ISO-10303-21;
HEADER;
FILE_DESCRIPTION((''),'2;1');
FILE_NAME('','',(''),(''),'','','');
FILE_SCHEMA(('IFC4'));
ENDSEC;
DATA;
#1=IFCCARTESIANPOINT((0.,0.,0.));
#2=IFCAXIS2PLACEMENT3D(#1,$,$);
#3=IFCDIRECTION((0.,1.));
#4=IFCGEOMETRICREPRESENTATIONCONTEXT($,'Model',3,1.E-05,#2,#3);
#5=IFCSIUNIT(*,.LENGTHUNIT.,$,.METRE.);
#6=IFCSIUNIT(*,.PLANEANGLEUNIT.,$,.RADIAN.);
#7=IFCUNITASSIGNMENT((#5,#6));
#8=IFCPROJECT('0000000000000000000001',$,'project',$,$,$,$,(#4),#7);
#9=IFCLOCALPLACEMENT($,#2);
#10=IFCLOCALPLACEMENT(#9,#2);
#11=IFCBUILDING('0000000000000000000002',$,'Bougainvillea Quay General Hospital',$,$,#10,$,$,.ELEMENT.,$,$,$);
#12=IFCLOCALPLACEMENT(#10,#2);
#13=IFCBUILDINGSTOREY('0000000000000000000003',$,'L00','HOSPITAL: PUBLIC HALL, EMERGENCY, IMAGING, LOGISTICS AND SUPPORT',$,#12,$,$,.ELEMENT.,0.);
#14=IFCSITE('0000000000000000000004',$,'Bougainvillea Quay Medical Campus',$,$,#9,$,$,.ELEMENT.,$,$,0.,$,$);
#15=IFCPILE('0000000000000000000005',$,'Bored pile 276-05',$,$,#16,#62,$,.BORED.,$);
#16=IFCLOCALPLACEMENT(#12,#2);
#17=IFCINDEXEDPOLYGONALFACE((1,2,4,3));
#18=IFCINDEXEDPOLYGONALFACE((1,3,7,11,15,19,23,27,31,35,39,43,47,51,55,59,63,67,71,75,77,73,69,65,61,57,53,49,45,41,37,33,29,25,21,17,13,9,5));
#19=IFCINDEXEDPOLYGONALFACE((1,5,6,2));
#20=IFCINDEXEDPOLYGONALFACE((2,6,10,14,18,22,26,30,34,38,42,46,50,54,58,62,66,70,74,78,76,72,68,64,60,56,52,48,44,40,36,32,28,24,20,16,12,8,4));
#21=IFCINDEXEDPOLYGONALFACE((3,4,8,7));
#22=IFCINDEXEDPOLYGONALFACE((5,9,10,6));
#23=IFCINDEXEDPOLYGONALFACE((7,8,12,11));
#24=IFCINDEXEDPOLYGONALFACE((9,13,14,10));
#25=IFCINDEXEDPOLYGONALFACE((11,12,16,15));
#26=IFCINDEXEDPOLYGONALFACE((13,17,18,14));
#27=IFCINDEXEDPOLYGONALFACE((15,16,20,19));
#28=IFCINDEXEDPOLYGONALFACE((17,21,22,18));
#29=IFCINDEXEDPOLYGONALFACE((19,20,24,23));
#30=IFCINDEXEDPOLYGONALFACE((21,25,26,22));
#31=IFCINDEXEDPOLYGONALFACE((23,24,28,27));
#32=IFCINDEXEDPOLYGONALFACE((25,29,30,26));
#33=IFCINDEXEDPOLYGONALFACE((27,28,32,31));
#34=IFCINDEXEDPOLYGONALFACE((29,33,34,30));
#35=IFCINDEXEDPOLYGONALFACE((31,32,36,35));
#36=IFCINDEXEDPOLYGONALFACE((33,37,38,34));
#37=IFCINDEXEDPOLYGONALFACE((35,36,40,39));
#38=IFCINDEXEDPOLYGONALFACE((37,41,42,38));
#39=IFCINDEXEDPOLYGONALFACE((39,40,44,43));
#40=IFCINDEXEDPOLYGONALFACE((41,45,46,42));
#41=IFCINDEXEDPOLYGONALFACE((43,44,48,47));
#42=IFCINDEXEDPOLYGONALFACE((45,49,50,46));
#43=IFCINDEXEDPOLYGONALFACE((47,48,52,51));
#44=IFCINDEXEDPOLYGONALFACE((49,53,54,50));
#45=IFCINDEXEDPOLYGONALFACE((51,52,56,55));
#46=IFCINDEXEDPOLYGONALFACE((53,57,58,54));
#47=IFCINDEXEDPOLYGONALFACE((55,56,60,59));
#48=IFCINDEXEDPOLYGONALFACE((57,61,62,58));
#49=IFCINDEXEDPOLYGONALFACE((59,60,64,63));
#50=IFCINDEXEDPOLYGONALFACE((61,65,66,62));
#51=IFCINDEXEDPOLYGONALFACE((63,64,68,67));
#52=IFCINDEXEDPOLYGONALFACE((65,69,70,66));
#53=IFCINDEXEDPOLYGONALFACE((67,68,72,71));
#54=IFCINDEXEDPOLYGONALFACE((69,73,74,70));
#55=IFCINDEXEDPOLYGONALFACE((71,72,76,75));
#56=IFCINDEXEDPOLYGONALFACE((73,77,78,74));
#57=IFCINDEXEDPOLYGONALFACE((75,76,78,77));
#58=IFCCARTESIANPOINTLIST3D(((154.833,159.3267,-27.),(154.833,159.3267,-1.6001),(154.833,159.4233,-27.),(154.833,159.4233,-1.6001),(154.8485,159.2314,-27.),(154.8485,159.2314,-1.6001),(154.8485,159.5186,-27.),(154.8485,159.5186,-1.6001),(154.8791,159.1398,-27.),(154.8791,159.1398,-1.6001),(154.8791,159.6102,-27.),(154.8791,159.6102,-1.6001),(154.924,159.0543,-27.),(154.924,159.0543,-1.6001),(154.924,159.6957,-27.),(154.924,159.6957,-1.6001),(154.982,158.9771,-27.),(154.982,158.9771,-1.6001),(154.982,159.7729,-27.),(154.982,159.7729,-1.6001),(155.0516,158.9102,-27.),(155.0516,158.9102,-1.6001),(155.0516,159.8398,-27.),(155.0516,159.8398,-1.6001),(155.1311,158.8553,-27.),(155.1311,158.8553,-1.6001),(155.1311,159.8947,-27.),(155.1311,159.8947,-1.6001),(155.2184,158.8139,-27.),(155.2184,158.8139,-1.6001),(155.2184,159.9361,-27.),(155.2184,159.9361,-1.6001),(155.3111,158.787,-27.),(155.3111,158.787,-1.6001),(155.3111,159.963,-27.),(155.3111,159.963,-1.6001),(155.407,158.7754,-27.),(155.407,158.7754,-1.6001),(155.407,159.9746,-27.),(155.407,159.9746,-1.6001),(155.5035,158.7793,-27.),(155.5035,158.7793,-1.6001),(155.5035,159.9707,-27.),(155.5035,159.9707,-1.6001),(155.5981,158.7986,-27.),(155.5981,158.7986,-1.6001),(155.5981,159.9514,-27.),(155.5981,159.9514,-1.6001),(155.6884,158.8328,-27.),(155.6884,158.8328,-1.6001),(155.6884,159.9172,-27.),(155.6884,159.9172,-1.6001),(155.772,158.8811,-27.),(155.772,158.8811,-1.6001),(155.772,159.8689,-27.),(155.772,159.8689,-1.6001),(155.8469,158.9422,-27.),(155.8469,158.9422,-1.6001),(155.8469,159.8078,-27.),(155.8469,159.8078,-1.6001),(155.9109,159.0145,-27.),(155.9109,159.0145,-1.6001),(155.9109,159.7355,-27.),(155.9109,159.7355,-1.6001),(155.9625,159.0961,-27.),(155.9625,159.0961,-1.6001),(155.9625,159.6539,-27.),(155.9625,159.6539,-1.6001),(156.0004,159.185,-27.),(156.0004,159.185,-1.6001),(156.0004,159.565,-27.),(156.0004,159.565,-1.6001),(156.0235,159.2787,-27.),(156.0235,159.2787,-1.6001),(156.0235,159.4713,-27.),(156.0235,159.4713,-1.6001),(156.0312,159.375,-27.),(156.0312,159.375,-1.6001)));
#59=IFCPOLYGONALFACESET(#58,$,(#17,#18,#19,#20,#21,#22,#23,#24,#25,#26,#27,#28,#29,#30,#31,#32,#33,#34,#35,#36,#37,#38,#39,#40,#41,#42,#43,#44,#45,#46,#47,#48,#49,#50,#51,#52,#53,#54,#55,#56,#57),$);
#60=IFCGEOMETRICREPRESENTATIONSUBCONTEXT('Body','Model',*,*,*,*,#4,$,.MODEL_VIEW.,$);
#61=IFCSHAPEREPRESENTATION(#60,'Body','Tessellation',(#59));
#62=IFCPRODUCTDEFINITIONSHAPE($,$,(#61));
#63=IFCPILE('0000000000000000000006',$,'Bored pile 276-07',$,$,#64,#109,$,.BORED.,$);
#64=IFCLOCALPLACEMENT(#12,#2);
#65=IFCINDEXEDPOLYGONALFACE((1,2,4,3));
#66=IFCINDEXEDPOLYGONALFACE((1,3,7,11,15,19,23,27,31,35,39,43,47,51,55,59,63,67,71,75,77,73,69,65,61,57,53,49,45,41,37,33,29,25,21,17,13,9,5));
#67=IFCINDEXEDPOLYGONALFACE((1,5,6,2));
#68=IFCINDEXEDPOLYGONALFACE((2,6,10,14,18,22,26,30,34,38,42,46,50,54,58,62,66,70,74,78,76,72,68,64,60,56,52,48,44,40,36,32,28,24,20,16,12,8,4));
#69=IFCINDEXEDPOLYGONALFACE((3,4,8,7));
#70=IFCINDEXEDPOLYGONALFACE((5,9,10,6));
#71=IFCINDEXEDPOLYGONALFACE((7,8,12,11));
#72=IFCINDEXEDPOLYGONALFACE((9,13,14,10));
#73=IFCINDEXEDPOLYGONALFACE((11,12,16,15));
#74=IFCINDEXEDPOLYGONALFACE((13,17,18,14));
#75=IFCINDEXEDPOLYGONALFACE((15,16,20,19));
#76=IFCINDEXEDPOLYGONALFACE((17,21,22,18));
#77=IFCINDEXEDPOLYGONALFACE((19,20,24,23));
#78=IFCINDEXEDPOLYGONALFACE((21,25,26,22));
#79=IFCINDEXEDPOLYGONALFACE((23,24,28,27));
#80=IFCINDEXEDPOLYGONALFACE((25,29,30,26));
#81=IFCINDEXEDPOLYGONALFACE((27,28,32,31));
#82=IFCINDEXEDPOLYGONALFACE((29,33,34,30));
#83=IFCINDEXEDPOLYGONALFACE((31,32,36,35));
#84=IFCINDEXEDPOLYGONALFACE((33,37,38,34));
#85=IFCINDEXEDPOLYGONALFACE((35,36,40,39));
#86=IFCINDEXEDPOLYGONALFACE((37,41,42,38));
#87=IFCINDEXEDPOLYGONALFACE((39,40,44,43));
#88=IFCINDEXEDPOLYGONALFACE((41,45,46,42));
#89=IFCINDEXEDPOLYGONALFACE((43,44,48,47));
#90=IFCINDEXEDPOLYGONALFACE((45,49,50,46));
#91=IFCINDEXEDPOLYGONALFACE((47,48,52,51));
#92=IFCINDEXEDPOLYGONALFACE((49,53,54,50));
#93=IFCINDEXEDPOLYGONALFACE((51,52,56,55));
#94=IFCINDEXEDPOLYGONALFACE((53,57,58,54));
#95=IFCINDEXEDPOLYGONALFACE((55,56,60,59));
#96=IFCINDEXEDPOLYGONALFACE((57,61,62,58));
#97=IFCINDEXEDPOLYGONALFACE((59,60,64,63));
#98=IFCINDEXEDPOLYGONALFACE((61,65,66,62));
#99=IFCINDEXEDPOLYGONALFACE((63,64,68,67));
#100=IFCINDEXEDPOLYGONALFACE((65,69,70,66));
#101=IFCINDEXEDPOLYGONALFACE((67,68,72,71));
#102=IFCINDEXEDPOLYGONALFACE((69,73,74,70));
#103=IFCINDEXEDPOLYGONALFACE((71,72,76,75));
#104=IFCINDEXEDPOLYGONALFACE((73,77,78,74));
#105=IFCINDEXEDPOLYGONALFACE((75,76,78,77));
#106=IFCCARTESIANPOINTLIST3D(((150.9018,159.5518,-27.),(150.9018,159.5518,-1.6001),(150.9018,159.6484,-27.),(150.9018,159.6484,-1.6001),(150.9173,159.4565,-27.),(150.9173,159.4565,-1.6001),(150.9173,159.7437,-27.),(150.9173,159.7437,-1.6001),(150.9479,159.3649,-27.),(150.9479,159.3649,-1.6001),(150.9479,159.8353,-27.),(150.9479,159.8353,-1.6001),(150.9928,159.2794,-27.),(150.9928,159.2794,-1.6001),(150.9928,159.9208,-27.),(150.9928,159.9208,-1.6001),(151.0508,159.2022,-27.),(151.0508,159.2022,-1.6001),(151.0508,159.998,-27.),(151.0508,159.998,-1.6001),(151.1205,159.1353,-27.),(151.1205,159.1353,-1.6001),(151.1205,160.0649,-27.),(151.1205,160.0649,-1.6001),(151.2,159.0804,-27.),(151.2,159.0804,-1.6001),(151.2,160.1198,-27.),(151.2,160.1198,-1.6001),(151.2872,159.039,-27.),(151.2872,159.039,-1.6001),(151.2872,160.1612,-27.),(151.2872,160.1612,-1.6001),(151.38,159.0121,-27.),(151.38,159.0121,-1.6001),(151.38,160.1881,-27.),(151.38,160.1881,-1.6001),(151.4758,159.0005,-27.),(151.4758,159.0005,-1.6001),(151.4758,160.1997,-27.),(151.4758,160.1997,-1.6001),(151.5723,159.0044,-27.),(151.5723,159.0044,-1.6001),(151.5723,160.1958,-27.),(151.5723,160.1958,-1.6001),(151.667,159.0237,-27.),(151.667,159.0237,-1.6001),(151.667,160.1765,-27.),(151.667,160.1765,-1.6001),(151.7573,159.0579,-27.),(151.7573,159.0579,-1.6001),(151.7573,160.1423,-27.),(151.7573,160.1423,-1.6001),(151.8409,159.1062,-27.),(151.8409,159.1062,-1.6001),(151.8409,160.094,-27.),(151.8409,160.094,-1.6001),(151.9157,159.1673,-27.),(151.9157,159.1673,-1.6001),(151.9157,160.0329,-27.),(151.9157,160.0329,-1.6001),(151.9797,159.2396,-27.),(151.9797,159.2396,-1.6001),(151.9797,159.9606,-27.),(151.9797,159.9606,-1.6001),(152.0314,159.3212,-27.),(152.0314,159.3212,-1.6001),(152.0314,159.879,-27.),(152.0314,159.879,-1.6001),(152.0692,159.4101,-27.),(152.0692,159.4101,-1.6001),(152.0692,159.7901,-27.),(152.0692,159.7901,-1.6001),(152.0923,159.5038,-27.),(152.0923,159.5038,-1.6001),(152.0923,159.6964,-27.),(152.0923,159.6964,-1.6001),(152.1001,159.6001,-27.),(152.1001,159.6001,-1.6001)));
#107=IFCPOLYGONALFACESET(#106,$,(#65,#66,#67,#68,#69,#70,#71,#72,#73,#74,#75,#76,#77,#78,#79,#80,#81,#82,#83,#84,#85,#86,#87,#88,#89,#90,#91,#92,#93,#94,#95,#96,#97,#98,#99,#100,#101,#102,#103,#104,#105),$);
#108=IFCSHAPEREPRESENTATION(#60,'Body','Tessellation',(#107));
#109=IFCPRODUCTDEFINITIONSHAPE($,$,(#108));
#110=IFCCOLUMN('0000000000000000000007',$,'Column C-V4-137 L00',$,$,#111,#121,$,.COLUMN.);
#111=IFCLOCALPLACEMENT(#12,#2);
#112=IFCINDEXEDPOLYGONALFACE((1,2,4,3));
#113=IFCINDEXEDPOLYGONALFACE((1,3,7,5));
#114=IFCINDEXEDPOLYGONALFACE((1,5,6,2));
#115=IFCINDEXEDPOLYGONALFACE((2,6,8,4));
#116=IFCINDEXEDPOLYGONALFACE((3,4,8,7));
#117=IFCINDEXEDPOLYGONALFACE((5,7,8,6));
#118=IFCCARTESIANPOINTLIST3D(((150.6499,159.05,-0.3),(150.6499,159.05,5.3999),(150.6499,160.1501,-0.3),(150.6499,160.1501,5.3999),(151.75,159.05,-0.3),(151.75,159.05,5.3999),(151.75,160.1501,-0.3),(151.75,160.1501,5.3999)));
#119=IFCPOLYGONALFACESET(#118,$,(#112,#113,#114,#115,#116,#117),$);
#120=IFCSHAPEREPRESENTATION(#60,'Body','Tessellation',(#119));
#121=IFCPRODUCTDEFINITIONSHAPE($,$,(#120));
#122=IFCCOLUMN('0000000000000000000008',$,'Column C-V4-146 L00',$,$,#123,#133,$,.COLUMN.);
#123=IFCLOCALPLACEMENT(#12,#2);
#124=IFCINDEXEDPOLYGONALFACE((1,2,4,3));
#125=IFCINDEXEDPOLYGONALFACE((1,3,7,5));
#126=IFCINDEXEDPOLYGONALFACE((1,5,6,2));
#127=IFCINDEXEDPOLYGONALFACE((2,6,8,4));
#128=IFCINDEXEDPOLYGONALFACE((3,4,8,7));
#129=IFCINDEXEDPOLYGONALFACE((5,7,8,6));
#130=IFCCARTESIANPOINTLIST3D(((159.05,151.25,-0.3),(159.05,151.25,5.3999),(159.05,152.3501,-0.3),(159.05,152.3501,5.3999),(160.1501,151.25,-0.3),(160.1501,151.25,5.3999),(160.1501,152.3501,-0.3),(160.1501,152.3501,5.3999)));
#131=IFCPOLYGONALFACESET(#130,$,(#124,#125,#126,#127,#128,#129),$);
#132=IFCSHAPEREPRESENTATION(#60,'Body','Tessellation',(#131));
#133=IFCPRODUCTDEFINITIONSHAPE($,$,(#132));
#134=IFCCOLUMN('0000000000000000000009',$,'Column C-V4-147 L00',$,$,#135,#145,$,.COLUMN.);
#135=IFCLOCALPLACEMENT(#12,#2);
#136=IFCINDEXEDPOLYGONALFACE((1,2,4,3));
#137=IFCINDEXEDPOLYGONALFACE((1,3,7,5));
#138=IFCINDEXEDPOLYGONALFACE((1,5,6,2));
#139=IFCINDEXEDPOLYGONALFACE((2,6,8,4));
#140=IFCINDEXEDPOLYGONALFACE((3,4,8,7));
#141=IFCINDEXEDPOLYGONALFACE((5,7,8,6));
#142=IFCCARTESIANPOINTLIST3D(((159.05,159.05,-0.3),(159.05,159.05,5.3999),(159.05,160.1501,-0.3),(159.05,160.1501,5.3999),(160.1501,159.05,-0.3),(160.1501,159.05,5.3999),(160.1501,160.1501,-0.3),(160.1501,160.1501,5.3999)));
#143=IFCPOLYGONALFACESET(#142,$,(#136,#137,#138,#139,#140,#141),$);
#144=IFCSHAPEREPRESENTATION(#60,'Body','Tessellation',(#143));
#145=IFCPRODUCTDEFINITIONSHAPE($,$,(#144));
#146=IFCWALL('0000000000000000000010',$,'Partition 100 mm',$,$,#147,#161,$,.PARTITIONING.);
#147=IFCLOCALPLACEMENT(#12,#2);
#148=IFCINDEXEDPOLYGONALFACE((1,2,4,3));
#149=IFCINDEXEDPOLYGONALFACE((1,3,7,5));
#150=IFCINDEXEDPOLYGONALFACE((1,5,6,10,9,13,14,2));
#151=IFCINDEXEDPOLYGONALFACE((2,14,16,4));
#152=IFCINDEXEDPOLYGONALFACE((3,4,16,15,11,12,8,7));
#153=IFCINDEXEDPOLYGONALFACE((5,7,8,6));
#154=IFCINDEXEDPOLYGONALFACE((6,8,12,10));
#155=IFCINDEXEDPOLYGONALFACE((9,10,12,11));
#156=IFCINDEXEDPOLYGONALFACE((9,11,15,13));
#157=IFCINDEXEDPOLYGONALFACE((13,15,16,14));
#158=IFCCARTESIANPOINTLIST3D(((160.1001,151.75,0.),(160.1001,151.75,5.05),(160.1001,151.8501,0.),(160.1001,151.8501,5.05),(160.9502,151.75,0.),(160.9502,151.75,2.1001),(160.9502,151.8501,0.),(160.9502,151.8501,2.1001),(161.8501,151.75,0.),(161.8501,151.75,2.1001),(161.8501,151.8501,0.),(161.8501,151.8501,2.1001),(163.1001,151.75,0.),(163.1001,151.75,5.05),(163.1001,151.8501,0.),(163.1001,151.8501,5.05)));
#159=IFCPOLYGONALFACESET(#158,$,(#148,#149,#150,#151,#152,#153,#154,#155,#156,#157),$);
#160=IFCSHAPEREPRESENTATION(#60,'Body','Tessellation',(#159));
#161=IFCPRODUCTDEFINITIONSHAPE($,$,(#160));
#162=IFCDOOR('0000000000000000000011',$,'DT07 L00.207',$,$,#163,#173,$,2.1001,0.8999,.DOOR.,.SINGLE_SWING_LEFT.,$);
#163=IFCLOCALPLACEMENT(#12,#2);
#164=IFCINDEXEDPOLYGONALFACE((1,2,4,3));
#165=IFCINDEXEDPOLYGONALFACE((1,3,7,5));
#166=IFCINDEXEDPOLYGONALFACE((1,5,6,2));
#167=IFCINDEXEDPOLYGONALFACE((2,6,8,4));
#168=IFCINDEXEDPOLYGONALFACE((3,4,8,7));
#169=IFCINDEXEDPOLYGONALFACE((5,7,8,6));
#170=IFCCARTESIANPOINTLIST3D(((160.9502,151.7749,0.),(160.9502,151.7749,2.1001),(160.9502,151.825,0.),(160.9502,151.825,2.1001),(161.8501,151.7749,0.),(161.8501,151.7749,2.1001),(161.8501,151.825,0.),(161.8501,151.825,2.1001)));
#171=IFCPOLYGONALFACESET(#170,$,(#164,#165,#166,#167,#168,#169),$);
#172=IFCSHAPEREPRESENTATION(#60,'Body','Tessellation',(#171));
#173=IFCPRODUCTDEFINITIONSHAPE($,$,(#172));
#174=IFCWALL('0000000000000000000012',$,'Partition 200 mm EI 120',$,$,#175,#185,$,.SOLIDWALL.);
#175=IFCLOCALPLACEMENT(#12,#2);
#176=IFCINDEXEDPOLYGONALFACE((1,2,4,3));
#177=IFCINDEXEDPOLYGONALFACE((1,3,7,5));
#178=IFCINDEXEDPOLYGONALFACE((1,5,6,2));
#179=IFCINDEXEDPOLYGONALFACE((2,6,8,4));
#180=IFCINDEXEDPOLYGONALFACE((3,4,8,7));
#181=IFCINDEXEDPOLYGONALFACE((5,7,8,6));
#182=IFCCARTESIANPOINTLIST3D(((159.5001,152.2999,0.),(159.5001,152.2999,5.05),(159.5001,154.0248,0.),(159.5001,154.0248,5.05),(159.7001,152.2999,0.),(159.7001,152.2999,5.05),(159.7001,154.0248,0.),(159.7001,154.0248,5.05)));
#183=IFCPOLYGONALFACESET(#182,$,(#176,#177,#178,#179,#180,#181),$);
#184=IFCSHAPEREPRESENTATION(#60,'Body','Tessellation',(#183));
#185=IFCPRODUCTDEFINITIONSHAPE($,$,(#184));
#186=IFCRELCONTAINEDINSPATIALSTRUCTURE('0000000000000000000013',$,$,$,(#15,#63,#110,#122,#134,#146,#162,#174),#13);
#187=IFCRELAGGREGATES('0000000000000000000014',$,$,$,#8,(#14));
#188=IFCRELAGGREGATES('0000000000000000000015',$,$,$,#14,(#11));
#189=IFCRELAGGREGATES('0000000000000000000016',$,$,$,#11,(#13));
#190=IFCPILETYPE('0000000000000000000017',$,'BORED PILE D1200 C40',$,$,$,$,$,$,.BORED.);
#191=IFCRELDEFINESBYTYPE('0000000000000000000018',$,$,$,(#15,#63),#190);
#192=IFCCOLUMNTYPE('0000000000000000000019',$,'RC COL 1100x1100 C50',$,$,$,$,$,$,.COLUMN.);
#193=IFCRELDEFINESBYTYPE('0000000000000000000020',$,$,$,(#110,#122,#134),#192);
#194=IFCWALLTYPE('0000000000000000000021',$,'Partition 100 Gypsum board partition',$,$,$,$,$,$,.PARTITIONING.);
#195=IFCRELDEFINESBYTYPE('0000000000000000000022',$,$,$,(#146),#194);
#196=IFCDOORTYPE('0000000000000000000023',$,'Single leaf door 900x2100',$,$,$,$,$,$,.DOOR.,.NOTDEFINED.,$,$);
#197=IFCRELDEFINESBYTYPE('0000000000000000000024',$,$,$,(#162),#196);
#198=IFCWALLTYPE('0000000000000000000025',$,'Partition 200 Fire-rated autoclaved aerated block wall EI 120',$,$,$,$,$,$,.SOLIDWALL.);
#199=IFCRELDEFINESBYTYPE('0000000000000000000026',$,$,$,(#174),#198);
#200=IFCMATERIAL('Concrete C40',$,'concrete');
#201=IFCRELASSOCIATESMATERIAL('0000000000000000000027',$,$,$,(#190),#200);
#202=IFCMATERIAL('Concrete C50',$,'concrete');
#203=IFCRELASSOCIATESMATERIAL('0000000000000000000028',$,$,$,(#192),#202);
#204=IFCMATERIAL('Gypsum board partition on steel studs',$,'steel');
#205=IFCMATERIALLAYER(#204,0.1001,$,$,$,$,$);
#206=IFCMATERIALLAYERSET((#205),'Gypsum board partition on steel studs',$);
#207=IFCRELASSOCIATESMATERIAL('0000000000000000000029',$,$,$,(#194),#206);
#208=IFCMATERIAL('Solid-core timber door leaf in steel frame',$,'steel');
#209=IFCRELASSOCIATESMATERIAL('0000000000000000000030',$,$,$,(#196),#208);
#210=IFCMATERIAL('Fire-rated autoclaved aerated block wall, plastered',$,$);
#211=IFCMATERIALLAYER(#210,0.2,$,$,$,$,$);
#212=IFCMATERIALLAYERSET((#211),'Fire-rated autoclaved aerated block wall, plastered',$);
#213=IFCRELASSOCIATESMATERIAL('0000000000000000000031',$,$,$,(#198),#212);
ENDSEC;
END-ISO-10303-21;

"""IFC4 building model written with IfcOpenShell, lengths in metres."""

from ifc_helpers import new_model, si_unit, direction, frame, frame_2d, origin, origin_2d, place, context, subcontext, project, spatial, rectangle, circle, extrude, material, layer, layer_set, material_profile, profile_set, type_object, element, fill, save


model = new_model("IFC4")

# Units and contexts
model_context = context("Model", 3, precision=1e-05, world=origin(), true_north=direction((0.0, 1.0)))
body_context = subcontext(model_context, "Body", "Model", "MODEL_VIEW")
ifc_project = project(units=[si_unit("LENGTHUNIT", "METRE"), si_unit("PLANEANGLEUNIT", "RADIAN")], contexts=[model_context])

# Site, building, storey
site_placement = place(None, origin())
site = spatial("IfcSite", under=ifc_project, at=site_placement, Name="Bougainvillea Quay Medical Campus", CompositionType="ELEMENT", RefElevation=0.0)
building_placement = place(site_placement, origin())
building = spatial("IfcBuilding", under=site, at=building_placement, Name="Bougainvillea Quay General Hospital", CompositionType="ELEMENT")
storey_placement = place(building_placement, origin())
storey = spatial("IfcBuildingStorey", under=building, at=storey_placement, Name="L00", Description="HOSPITAL: PUBLIC HALL, EMERGENCY, IMAGING, LOGISTICS AND SUPPORT", CompositionType="ELEMENT", Elevation=0.0)

# Piles
ifc_material_1 = material(Name="Concrete C40", Category="concrete")
ifc_material_profile_1 = material_profile(ifc_material_1, circle(Radius=0.6001, at=origin_2d()))
ifc_profile_set_1 = profile_set([ifc_material_profile_1], Name="Concrete C40")
pile_type = type_object("IfcPileType", Name="BORED PILE D1200 C40", PredefinedType="BORED", material=ifc_profile_set_1)
for number, where, z_axis, x_axis, name in (
    (1, (155.4312, 159.375, -1.6001), (0.0, 0.0, -1.0), (1.0, 0.0, 0.0), "Bored pile 276-05"),
    (2, (151.5, 159.6001, -1.6001), (0.0, 0.0, -1.0), (1.0, 0.0, 0.0), "Bored pile 276-07"),
):
    element("IfcPile", number, at=place(storey_placement, frame(where, z_axis=z_axis, x_axis=x_axis)), inside=storey, type_object=pile_type, Name=name, PredefinedType="BORED", context=body_context, shape_type="SweptSolid", body=[
        extrude(circle(Radius=0.6001, at=origin_2d()), origin(), (0.0, 0.0, 1.0), 25.3999),
    ])

# Columns
ifc_material_2 = material(Name="Concrete C50", Category="concrete")
ifc_material_profile_2 = material_profile(ifc_material_2, rectangle(XDim=1.1001, YDim=1.1001, at=origin_2d()))
ifc_profile_set_2 = profile_set([ifc_material_profile_2], Name="Concrete C50")
column_type = type_object("IfcColumnType", Name="RC COL 1100x1100 C50", PredefinedType="COLUMN", material=ifc_profile_set_2)
for number, where, z_axis, x_axis, name in (
    (3, (151.2, 159.6001, -0.3), (0.0, 0.0, 1.0), (1.0, 0.0, 0.0), "Column C-V4-137 L00"),
    (4, (159.6001, 151.8, -0.3), (0.0, 0.0, 1.0), (1.0, 0.0, 0.0), "Column C-V4-146 L00"),
    (5, (159.6001, 159.6001, -0.3), (0.0, 0.0, 1.0), (1.0, 0.0, 0.0), "Column C-V4-147 L00"),
):
    element("IfcColumn", number, at=place(storey_placement, frame(where, z_axis=z_axis, x_axis=x_axis)), inside=storey, type_object=column_type, Name=name, PredefinedType="COLUMN", context=body_context, shape_type="SweptSolid", body=[
        extrude(rectangle(XDim=1.1001, YDim=1.1001, at=origin_2d()), origin(), (0.0, 0.0, 1.0), 5.7),
    ])

# Wall, opening, door
ifc_material_3 = material(Name="Gypsum board partition on steel studs", Category="steel")
ifc_layer_1 = layer(ifc_material_3, 0.1001)
ifc_layer_set_1 = layer_set([ifc_layer_1], Name="Gypsum board partition on steel studs")
wall_type_1 = type_object("IfcWallType", Name="Partition 100 Gypsum board partition", PredefinedType="PARTITIONING", material=ifc_layer_set_1)
wall_1_placement = place(storey_placement, frame((160.1001, 151.8, 0.0), z_axis=(0.0, 0.0, 1.0), x_axis=(1.0, 0.0, 0.0)))
wall_1 = element("IfcWall", 6, at=wall_1_placement, inside=storey, type_object=wall_type_1, Name="Partition 100 mm", PredefinedType="PARTITIONING", context=body_context, shape_type="SweptSolid", body=[
    extrude(rectangle(XDim=3.0, YDim=0.1001, at=frame_2d((1.5, 0.0))), origin(), (0.0, 0.0, 1.0), 5.05),
])
opening_1_placement = place(wall_1_placement, frame((0.8501, 0.0, 0.0)))
opening_1 = element("IfcOpeningElement", 7, at=opening_1_placement, cuts=wall_1, PredefinedType="OPENING", context=body_context, shape_type="SweptSolid", body=[
    extrude(rectangle(XDim=0.8999, YDim=2.1001, at=frame_2d((0.45, 1.05))), frame((0.0, 0.0601, 0.0), z_axis=(0.0, -1.0, 0.0), x_axis=(1.0, 0.0, 0.0)), (0.0, 0.0, 1.0), 0.1201),
])
ifc_material_4 = material(Name="Solid-core timber door leaf in steel frame", Category="steel")
door_type_1 = type_object("IfcDoorType", Name="Single leaf door 900x2100", OperationType="NOTDEFINED", PredefinedType="DOOR", material=ifc_material_4)
door_1_placement = place(opening_1_placement, origin())
door_1 = element("IfcDoor", 8, at=door_1_placement, inside=storey, type_object=door_type_1, Name="DT07 L00.207", OperationType="SINGLE_SWING_LEFT", OverallHeight=2.1001, OverallWidth=0.8999, PredefinedType="DOOR", context=body_context, shape_type="SweptSolid", body=[
    extrude(rectangle(XDim=0.8999, YDim=2.1001, at=frame_2d((0.45, 1.05))), frame((0.0, 0.0249, 0.0), z_axis=(0.0, -1.0, 0.0), x_axis=(1.0, 0.0, 0.0)), (0.0, 0.0, 1.0), 0.05),
])
fill(opening_1, door_1)

# Wall
ifc_material_5 = material(Name="Fire-rated autoclaved aerated block wall, plastered")
ifc_layer_2 = layer(ifc_material_5, 0.2)
ifc_layer_set_2 = layer_set([ifc_layer_2], Name="Fire-rated autoclaved aerated block wall, plastered")
wall_type_2 = type_object("IfcWallType", Name="Partition 200 Fire-rated autoclaved aerated block wall EI 120", PredefinedType="SOLIDWALL", material=ifc_layer_set_2)
wall_2_placement = place(storey_placement, frame((159.6001, 152.3, 0.0), z_axis=(0.0, 0.0, 1.0), x_axis=(0.0, 1.0, 0.0)))
element("IfcWall", 9, at=wall_2_placement, inside=storey, type_object=wall_type_2, Name="Partition 200 mm EI 120", PredefinedType="SOLIDWALL", context=body_context, shape_type="SweptSolid", body=[
    extrude(rectangle(XDim=1.7249, YDim=0.2, at=frame_2d((0.8623, 0.0))), origin(), (0.0, 0.0, 1.0), 5.05),
])

save(model, "model.ifc")
